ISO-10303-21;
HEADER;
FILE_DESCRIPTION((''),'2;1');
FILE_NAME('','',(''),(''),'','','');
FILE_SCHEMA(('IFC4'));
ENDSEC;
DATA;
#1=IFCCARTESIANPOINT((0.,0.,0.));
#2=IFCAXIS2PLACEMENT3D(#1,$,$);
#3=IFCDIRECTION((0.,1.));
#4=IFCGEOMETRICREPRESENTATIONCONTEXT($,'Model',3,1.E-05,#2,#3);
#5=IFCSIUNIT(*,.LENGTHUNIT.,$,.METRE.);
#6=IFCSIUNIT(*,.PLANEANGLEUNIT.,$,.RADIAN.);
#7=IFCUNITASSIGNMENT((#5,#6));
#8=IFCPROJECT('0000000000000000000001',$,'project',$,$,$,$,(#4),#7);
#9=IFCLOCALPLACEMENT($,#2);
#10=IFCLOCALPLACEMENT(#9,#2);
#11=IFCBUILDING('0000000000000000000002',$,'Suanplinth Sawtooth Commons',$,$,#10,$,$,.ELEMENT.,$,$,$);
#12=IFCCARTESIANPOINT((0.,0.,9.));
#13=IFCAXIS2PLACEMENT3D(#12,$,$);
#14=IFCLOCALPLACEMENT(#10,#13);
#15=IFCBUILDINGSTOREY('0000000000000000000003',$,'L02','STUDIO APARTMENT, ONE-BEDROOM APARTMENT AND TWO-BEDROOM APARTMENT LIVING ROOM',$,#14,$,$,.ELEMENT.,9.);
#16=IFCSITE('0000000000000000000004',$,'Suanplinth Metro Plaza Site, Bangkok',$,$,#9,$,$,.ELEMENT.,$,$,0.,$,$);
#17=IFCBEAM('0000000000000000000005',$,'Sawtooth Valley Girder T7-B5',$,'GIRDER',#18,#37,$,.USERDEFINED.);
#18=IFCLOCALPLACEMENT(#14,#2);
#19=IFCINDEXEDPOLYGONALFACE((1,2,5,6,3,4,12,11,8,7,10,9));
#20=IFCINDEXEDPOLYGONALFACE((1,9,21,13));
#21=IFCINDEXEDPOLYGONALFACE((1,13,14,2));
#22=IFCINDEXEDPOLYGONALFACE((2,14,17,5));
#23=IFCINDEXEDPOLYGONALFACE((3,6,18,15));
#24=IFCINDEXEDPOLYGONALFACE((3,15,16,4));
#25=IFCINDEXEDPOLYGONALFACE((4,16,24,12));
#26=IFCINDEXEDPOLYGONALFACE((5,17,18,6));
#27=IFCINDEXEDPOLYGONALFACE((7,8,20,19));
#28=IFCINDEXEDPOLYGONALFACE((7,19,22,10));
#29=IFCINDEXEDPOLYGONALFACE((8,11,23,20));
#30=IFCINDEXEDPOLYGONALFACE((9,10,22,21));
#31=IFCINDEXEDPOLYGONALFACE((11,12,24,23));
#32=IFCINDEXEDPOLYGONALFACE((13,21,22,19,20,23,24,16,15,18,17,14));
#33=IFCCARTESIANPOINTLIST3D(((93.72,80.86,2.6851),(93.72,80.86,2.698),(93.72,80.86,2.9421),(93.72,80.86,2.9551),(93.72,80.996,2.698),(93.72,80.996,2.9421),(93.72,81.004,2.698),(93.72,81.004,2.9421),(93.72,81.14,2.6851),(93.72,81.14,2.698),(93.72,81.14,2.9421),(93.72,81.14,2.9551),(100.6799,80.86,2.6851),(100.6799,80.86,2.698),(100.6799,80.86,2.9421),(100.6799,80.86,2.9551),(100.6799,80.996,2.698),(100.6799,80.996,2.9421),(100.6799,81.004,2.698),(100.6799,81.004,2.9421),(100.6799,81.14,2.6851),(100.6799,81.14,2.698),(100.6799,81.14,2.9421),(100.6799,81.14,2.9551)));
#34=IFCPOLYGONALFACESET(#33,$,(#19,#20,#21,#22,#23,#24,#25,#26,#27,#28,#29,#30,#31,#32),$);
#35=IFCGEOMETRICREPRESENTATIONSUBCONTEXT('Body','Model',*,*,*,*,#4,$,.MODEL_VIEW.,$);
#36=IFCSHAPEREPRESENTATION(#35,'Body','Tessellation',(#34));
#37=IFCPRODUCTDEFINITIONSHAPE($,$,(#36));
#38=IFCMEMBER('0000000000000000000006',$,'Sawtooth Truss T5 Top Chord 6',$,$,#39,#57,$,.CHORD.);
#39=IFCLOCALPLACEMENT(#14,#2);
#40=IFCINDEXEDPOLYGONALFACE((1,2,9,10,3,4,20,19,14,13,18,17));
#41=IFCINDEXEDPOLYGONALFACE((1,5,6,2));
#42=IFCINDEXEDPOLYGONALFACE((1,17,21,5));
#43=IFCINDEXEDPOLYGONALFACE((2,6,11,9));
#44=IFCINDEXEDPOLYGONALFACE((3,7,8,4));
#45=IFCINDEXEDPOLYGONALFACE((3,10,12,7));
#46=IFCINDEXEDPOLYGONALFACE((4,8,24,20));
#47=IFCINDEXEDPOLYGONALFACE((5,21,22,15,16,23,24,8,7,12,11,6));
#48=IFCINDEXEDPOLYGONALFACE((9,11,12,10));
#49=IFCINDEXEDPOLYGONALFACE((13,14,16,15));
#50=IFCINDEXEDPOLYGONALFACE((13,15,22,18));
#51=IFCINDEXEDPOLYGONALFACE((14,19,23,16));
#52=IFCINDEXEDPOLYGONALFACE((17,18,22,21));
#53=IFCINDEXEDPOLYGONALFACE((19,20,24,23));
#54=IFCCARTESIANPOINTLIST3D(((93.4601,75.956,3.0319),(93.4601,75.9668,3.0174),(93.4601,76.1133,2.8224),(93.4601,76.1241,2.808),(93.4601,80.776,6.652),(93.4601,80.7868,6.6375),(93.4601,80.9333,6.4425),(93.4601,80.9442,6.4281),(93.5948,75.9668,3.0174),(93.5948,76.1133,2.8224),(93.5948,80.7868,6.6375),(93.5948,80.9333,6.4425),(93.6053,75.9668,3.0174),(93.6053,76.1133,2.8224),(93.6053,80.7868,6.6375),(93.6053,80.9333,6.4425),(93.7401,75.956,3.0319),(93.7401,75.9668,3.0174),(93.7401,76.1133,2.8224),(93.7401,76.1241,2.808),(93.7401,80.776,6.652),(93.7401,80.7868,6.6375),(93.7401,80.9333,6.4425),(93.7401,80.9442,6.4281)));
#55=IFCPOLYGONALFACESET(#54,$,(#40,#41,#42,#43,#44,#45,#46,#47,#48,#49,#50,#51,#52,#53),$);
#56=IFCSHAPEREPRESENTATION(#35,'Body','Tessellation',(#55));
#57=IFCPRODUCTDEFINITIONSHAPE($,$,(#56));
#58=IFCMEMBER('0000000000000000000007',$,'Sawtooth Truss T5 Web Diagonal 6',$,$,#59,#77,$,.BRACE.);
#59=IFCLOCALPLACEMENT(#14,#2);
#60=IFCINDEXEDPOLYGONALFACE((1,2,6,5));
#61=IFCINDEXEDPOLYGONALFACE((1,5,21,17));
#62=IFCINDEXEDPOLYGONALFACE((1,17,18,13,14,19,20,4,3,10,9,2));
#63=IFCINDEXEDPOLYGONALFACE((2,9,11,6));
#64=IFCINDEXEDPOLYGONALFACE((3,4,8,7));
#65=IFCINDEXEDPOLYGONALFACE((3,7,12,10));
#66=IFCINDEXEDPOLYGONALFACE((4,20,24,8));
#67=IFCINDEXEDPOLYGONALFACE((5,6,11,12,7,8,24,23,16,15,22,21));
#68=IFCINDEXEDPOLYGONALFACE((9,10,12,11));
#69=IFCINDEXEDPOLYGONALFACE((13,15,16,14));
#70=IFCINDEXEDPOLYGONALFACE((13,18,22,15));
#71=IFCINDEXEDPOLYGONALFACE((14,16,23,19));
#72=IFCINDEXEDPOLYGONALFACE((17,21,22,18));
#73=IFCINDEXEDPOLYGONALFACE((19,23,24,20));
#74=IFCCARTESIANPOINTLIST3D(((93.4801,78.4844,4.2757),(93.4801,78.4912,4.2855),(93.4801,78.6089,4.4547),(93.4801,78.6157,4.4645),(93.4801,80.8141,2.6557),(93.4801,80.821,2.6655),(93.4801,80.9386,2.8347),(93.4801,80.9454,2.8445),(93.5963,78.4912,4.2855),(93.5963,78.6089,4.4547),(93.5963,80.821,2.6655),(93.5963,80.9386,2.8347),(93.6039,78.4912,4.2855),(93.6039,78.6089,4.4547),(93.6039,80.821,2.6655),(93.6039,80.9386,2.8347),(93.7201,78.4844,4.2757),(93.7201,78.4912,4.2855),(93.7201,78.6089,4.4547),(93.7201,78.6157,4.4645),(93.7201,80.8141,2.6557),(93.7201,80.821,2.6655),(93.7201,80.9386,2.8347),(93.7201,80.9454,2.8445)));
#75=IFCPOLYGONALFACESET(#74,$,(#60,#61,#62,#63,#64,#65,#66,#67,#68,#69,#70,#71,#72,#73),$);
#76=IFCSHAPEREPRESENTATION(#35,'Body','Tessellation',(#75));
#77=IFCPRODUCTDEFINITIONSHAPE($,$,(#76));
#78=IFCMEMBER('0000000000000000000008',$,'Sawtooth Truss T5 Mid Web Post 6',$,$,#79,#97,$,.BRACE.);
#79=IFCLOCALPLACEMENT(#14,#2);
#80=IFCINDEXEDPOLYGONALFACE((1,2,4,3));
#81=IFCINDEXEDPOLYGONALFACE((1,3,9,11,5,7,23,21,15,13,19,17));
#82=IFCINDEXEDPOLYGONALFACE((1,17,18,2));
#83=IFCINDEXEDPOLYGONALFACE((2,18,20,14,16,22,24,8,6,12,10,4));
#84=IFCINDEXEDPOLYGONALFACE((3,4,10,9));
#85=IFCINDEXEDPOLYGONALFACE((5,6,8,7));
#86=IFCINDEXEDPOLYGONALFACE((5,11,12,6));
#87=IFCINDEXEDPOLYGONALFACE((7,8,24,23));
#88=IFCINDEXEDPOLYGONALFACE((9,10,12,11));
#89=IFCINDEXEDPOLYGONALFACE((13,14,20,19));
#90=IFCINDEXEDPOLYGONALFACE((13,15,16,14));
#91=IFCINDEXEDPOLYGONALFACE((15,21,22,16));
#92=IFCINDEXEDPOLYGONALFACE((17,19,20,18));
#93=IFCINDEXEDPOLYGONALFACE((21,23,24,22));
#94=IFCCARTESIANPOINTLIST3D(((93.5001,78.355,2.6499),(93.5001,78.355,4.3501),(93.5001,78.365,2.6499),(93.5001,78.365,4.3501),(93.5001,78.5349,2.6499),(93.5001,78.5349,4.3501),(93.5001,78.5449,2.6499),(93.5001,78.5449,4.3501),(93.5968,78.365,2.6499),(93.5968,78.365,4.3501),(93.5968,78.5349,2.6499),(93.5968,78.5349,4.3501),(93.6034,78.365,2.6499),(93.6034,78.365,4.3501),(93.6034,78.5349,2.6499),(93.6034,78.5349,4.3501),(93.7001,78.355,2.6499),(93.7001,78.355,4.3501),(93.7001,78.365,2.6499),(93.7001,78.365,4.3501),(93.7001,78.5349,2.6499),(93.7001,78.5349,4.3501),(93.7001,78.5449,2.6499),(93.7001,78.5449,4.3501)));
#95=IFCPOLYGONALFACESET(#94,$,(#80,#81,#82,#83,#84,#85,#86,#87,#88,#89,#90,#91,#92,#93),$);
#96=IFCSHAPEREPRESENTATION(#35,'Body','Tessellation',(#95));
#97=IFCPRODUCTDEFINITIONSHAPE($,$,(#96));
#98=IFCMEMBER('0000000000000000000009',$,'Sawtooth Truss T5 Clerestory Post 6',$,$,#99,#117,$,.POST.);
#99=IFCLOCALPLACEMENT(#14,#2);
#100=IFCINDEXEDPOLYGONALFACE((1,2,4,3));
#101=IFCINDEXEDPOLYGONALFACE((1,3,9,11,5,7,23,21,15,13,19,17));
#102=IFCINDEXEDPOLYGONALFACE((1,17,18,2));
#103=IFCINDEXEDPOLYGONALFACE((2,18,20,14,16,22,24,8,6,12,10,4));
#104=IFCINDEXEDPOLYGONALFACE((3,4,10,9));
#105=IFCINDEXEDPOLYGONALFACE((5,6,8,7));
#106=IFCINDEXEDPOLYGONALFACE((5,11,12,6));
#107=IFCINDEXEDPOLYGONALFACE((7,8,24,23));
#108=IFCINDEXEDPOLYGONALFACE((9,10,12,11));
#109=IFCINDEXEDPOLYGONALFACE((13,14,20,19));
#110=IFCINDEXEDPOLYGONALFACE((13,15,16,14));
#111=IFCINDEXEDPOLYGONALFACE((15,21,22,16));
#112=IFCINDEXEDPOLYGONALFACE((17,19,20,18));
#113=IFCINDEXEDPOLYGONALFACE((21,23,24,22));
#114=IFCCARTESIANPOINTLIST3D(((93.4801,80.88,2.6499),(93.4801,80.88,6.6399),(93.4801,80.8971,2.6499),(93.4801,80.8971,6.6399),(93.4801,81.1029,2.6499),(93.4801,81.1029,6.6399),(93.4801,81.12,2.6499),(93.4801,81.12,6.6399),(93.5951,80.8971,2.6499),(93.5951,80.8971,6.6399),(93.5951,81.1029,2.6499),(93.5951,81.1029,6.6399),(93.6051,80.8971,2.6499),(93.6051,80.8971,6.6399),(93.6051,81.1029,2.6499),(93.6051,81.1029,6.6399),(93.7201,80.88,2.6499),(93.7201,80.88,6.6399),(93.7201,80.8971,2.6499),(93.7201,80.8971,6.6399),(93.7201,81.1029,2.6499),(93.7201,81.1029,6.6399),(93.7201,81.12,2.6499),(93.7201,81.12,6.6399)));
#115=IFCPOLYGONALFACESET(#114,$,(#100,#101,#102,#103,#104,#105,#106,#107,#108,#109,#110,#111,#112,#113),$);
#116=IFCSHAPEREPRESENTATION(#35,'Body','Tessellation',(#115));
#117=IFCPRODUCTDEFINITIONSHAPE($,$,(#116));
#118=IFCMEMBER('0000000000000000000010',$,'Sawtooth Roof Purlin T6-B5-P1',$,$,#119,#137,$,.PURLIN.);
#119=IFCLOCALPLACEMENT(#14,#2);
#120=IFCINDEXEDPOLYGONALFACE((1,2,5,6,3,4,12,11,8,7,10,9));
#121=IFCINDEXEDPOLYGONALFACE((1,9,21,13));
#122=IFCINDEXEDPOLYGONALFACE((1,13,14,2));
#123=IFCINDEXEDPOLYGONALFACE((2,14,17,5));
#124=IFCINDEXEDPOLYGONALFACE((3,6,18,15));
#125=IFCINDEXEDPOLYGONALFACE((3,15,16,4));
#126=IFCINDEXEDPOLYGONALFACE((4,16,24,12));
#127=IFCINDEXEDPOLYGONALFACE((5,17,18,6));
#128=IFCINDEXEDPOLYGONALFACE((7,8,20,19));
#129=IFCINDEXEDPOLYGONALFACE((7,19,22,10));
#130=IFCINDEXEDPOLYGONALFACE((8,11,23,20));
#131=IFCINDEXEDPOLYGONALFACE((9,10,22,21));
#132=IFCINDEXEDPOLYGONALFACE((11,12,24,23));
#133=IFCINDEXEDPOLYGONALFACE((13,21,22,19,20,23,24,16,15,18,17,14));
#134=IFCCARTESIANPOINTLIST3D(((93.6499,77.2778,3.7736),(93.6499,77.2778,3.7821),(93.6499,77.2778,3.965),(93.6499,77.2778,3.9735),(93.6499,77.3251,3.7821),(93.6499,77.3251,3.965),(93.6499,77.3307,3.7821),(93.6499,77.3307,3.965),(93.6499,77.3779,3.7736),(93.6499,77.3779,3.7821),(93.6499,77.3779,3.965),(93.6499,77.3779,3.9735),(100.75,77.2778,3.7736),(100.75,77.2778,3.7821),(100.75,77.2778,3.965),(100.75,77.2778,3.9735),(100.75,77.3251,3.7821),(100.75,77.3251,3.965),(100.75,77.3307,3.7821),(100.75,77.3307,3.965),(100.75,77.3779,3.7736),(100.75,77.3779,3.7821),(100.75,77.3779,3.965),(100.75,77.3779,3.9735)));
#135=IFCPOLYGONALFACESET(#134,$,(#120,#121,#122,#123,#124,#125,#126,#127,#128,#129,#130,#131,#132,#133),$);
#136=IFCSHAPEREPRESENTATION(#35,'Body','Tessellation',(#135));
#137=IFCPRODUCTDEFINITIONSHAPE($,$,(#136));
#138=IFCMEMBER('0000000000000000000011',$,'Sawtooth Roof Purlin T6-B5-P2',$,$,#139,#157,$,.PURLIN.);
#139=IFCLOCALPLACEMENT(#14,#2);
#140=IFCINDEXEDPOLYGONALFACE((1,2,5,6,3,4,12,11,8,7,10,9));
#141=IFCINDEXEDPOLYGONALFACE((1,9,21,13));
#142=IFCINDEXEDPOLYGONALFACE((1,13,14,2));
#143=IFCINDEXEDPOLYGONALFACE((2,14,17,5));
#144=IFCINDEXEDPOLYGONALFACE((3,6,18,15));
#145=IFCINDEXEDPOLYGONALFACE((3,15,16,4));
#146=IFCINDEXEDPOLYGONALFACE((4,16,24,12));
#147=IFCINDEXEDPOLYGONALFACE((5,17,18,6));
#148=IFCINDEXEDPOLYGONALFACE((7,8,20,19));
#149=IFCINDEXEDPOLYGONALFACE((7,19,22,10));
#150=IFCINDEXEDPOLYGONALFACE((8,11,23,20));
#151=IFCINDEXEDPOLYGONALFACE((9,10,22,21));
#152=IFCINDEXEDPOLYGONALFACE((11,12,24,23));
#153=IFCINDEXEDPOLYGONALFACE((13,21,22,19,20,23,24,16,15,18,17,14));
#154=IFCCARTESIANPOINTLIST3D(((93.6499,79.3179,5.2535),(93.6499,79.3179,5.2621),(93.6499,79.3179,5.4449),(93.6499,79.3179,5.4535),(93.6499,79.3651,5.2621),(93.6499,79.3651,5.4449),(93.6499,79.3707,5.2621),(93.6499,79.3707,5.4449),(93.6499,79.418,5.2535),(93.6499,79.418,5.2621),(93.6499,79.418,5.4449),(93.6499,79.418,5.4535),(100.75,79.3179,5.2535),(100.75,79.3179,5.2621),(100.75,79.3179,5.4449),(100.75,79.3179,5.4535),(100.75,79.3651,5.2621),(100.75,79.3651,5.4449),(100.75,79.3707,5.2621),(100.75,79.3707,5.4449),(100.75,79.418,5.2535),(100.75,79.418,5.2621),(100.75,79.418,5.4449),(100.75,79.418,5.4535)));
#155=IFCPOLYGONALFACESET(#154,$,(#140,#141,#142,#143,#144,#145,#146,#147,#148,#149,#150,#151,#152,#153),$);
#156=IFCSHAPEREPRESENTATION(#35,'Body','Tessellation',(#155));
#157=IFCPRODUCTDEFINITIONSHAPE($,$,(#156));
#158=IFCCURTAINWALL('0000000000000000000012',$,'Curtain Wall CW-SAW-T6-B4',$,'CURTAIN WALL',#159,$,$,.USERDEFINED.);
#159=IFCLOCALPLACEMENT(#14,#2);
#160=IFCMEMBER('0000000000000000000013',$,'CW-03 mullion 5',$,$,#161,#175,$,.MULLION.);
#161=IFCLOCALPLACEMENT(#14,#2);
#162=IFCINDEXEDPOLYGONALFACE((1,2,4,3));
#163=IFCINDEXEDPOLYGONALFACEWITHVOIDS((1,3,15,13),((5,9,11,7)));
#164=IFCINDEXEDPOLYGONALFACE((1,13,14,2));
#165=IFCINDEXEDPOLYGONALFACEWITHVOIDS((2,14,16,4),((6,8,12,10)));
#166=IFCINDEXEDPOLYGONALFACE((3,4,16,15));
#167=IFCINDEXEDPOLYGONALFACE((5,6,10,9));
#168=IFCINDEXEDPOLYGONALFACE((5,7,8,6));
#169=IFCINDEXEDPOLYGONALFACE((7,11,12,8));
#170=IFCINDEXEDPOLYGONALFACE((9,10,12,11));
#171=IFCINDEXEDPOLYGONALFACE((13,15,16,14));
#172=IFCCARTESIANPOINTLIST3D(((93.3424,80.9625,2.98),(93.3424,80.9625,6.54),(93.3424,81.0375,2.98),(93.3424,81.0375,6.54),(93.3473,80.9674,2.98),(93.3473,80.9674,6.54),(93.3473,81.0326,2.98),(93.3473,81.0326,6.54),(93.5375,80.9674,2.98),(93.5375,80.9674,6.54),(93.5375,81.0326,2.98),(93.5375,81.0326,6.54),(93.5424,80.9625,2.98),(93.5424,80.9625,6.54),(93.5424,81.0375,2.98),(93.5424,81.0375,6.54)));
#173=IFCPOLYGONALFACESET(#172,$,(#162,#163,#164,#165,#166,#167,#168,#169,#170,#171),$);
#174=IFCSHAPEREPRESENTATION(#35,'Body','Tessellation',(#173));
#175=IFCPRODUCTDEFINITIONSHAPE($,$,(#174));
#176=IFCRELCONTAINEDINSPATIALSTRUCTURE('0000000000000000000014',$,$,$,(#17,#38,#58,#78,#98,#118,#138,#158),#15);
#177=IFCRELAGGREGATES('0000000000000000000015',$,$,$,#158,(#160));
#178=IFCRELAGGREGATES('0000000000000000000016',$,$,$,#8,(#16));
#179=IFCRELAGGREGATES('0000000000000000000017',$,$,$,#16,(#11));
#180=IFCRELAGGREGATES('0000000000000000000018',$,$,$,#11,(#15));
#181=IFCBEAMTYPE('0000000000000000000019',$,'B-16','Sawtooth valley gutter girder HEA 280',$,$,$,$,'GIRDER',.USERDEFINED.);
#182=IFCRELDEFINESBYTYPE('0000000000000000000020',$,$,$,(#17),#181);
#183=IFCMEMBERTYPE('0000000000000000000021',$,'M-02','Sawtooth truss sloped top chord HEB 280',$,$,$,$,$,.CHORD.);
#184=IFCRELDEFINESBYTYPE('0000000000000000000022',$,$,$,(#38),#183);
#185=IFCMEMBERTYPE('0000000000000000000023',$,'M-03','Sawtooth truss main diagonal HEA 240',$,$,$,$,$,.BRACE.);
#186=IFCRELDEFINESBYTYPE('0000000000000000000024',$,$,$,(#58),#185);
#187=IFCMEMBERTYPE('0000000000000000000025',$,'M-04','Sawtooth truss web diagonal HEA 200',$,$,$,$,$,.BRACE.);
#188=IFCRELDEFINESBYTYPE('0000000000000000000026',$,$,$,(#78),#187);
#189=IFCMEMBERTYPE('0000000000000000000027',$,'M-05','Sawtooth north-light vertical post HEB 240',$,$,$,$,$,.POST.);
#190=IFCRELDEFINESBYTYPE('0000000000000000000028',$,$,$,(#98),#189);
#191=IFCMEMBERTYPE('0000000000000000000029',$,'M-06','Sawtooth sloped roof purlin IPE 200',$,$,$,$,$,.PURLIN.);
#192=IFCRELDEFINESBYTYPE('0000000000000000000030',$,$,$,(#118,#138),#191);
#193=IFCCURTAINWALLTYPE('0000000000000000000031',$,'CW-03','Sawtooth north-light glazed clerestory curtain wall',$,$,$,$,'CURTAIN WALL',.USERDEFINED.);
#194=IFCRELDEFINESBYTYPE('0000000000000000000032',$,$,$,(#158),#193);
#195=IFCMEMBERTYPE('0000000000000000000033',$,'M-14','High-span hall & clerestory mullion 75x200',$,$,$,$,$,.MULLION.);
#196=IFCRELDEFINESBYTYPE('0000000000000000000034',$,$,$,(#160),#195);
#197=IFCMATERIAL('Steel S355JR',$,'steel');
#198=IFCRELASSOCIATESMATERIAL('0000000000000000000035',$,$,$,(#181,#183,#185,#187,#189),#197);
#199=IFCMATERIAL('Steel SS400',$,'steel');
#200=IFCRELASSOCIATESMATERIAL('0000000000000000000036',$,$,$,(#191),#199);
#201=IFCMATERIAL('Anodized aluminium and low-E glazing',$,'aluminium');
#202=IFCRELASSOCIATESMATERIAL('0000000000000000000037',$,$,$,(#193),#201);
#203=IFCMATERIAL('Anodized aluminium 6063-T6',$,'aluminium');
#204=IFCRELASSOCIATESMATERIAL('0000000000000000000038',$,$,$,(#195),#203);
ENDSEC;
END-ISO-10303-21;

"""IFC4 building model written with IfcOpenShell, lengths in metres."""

from ifc_helpers import new_model, si_unit, direction, frame, origin, origin_2d, place, context, subcontext, project, spatial, hollow_rectangle, i_section, extrude, material, material_profile, profile_set, type_object, element, aggregate, save


model = new_model("IFC4")

# Units and contexts
model_context = context("Model", 3, precision=1e-05, world=origin(), true_north=direction((0.0, 1.0)))
body_context = subcontext(model_context, "Body", "Model", "MODEL_VIEW")
ifc_project = project(units=[si_unit("LENGTHUNIT", "METRE"), si_unit("PLANEANGLEUNIT", "RADIAN")], contexts=[model_context])

# Site, building, storey
site_placement = place(None, origin())
site = spatial("IfcSite", under=ifc_project, at=site_placement, Name="Suanplinth Metro Plaza Site, Bangkok", CompositionType="ELEMENT", RefElevation=0.0)
building_placement = place(site_placement, origin())
building = spatial("IfcBuilding", under=site, at=building_placement, Name="Suanplinth Sawtooth Commons", CompositionType="ELEMENT")
storey_placement = place(building_placement, frame((0.0, 0.0, 9.0)))
storey = spatial("IfcBuildingStorey", under=building, at=storey_placement, Name="L02", Description="STUDIO APARTMENT, ONE-BEDROOM APARTMENT AND TWO-BEDROOM APARTMENT LIVING ROOM", CompositionType="ELEMENT", Elevation=9.0)

# Beam
ifc_material_1 = material(Name="Steel S355JR", Category="steel")
ifc_material_profile_1 = material_profile(ifc_material_1, i_section(OverallWidth=0.28, OverallDepth=0.27, WebThickness=0.0081, FlangeThickness=0.0129, at=origin_2d()), Name="HEA 280")
ifc_profile_set_1 = profile_set([ifc_material_profile_1], Name="Steel S355JR")
beam_type = type_object("IfcBeamType", Name="B-16", Description="Sawtooth valley gutter girder HEA 280", ElementType="GIRDER", PredefinedType="USERDEFINED", material=ifc_profile_set_1)
beam_placement = place(storey_placement, frame((93.72, 81.0, 2.8201), z_axis=(1.0, 0.0, 0.0), x_axis=(0.0, 1.0, 0.0)))
element("IfcBeam", 1, at=beam_placement, inside=storey, type_object=beam_type, Name="Sawtooth Valley Girder T7-B5", ObjectType="GIRDER", PredefinedType="USERDEFINED", context=body_context, shape_type="SweptSolid", body=[
    extrude(i_section(OverallWidth=0.28, OverallDepth=0.27, WebThickness=0.0081, FlangeThickness=0.0129, at=origin_2d()), origin(), (0.0, 0.0, 1.0), 6.96),
])

# Members
ifc_material_profile_2 = material_profile(ifc_material_1, i_section(OverallWidth=0.28, OverallDepth=0.28, WebThickness=0.0105, FlangeThickness=0.0181, at=origin_2d()), Name="HEB 280")
ifc_profile_set_2 = profile_set([ifc_material_profile_2], Name="Steel S355JR")
member_type_1 = type_object("IfcMemberType", Name="M-02", Description="Sawtooth truss sloped top chord HEB 280", PredefinedType="CHORD", material=ifc_profile_set_2)
member_1_placement = place(storey_placement, frame((93.6001, 76.04, 2.9199), z_axis=(0.0, 0.799596, 0.600538), x_axis=(-1.0, 0.0, 0.0)))
element("IfcMember", 2, at=member_1_placement, inside=storey, type_object=member_type_1, Name="Sawtooth Truss T5 Top Chord 6", PredefinedType="CHORD", context=body_context, shape_type="SweptSolid", body=[
    extrude(i_section(OverallWidth=0.28, OverallDepth=0.28, WebThickness=0.0105, FlangeThickness=0.0181, at=origin_2d()), origin(), (0.0, 0.0, 1.0), 6.0281),
])
ifc_material_profile_3 = material_profile(ifc_material_1, i_section(OverallWidth=0.24, OverallDepth=0.23, WebThickness=0.0076, FlangeThickness=0.012, at=origin_2d()), Name="HEA 240")
ifc_profile_set_3 = profile_set([ifc_material_profile_3], Name="Steel S355JR")
member_type_2 = type_object("IfcMemberType", Name="M-03", Description="Sawtooth truss main diagonal HEA 240", PredefinedType="BRACE", material=ifc_profile_set_3)
member_2_placement = place(storey_placement, frame((93.6001, 78.55, 4.3701), z_axis=(0.0, 0.82101, -0.570913), x_axis=(-1.0, 0.0, 0.0)))
element("IfcMember", 3, at=member_2_placement, inside=storey, type_object=member_type_2, Name="Sawtooth Truss T5 Web Diagonal 6", PredefinedType="BRACE", context=body_context, shape_type="SweptSolid", body=[
    extrude(i_section(OverallWidth=0.24, OverallDepth=0.23, WebThickness=0.0076, FlangeThickness=0.012, at=origin_2d()), origin(), (0.0, 0.0, 1.0), 2.8376),
])
ifc_material_profile_4 = material_profile(ifc_material_1, i_section(OverallWidth=0.2, OverallDepth=0.1899, WebThickness=0.0066, FlangeThickness=0.01, at=origin_2d()), Name="HEA 200")
ifc_profile_set_4 = profile_set([ifc_material_profile_4], Name="Steel S355JR")
member_type_3 = type_object("IfcMemberType", Name="M-04", Description="Sawtooth truss web diagonal HEA 200", PredefinedType="BRACE", material=ifc_profile_set_4)
member_3_placement = place(storey_placement, frame((93.6001, 78.45, 2.6499), z_axis=(0.0, 0.0, 1.0), x_axis=(1.0, 0.0, 0.0)))
element("IfcMember", 4, at=member_3_placement, inside=storey, type_object=member_type_3, Name="Sawtooth Truss T5 Mid Web Post 6", PredefinedType="BRACE", context=body_context, shape_type="SweptSolid", body=[
    extrude(i_section(OverallWidth=0.2, OverallDepth=0.1899, WebThickness=0.0066, FlangeThickness=0.01, at=origin_2d()), origin(), (0.0, 0.0, 1.0), 1.7002),
])
ifc_material_profile_5 = material_profile(ifc_material_1, i_section(OverallWidth=0.24, OverallDepth=0.24, WebThickness=0.01, FlangeThickness=0.0171, at=origin_2d()), Name="HEB 240")
ifc_profile_set_5 = profile_set([ifc_material_profile_5], Name="Steel S355JR")
member_type_4 = type_object("IfcMemberType", Name="M-05", Description="Sawtooth north-light vertical post HEB 240", PredefinedType="POST", material=ifc_profile_set_5)
member_4_placement = place(storey_placement, frame((93.6001, 81.0, 2.6499), z_axis=(0.0, 0.0, 1.0), x_axis=(1.0, 0.0, 0.0)))
element("IfcMember", 5, at=member_4_placement, inside=storey, type_object=member_type_4, Name="Sawtooth Truss T5 Clerestory Post 6", PredefinedType="POST", context=body_context, shape_type="SweptSolid", body=[
    extrude(i_section(OverallWidth=0.24, OverallDepth=0.24, WebThickness=0.01, FlangeThickness=0.0171, at=origin_2d()), origin(), (0.0, 0.0, 1.0), 3.99),
])
ifc_material_2 = material(Name="Steel SS400", Category="steel")
ifc_material_profile_6 = material_profile(ifc_material_2, i_section(OverallWidth=0.1001, OverallDepth=0.2, WebThickness=0.0056, FlangeThickness=0.0085, at=origin_2d()), Name="IPE 200")
ifc_profile_set_6 = profile_set([ifc_material_profile_6], Name="Steel SS400")
member_type_5 = type_object("IfcMemberType", Name="M-06", Description="Sawtooth sloped roof purlin IPE 200", PredefinedType="PURLIN", material=ifc_profile_set_6)
for number, where, z_axis, x_axis, name in (
    (6, (93.6499, 77.3279, 3.8735), (1.0, 0.0, 0.0), (0.0, 1.0, 0.0), "Sawtooth Roof Purlin T6-B5-P1"),
    (7, (93.6499, 79.3679, 5.3535), (1.0, 0.0, 0.0), (0.0, 1.0, 0.0), "Sawtooth Roof Purlin T6-B5-P2"),
):
    element("IfcMember", number, at=place(storey_placement, frame(where, z_axis=z_axis, x_axis=x_axis)), inside=storey, type_object=member_type_5, Name=name, PredefinedType="PURLIN", context=body_context, shape_type="SweptSolid", body=[
        extrude(i_section(OverallWidth=0.1001, OverallDepth=0.2, WebThickness=0.0056, FlangeThickness=0.0085, at=origin_2d()), origin(), (0.0, 0.0, 1.0), 7.1001),
    ])

# Curtain wall, member
ifc_material_3 = material(Name="Anodized aluminium and low-E glazing", Category="aluminium")
curtain_wall_type = type_object("IfcCurtainWallType", Name="CW-03", Description="Sawtooth north-light glazed clerestory curtain wall", ElementType="CURTAIN WALL", PredefinedType="USERDEFINED", material=ifc_material_3)
curtain_wall_1_placement = place(storey_placement, origin())
curtain_wall_1 = element("IfcCurtainWall", 8, at=curtain_wall_1_placement, inside=storey, type_object=curtain_wall_type, Name="Curtain Wall CW-SAW-T6-B4", ObjectType="CURTAIN WALL", PredefinedType="USERDEFINED")
ifc_material_4 = material(Name="Anodized aluminium 6063-T6", Category="aluminium")
ifc_material_profile_7 = material_profile(ifc_material_4, hollow_rectangle(XDim=0.075, YDim=0.2, WallThickness=0.0049, at=origin_2d()), Name="ALU-MUL 75x200")
ifc_profile_set_7 = profile_set([ifc_material_profile_7], Name="Anodized aluminium 6063-T6")
member_type_6 = type_object("IfcMemberType", Name="M-14", Description="High-span hall & clerestory mullion 75x200", PredefinedType="MULLION", material=ifc_profile_set_7)
member_5_placement = place(storey_placement, frame((93.4424, 81.0, 2.98), z_axis=(0.0, 0.0, 1.0), x_axis=(0.0, 1.0, 0.0)))
member_5 = element("IfcMember", 9, at=member_5_placement, type_object=member_type_6, Name="CW-03 mullion 5", PredefinedType="MULLION", context=body_context, shape_type="SweptSolid", body=[
    extrude(hollow_rectangle(XDim=0.075, YDim=0.2, WallThickness=0.0049, at=origin_2d()), origin(), (0.0, 0.0, 1.0), 3.5601),
])

aggregate(curtain_wall_1, [member_5])

save(model, "model.ifc")
